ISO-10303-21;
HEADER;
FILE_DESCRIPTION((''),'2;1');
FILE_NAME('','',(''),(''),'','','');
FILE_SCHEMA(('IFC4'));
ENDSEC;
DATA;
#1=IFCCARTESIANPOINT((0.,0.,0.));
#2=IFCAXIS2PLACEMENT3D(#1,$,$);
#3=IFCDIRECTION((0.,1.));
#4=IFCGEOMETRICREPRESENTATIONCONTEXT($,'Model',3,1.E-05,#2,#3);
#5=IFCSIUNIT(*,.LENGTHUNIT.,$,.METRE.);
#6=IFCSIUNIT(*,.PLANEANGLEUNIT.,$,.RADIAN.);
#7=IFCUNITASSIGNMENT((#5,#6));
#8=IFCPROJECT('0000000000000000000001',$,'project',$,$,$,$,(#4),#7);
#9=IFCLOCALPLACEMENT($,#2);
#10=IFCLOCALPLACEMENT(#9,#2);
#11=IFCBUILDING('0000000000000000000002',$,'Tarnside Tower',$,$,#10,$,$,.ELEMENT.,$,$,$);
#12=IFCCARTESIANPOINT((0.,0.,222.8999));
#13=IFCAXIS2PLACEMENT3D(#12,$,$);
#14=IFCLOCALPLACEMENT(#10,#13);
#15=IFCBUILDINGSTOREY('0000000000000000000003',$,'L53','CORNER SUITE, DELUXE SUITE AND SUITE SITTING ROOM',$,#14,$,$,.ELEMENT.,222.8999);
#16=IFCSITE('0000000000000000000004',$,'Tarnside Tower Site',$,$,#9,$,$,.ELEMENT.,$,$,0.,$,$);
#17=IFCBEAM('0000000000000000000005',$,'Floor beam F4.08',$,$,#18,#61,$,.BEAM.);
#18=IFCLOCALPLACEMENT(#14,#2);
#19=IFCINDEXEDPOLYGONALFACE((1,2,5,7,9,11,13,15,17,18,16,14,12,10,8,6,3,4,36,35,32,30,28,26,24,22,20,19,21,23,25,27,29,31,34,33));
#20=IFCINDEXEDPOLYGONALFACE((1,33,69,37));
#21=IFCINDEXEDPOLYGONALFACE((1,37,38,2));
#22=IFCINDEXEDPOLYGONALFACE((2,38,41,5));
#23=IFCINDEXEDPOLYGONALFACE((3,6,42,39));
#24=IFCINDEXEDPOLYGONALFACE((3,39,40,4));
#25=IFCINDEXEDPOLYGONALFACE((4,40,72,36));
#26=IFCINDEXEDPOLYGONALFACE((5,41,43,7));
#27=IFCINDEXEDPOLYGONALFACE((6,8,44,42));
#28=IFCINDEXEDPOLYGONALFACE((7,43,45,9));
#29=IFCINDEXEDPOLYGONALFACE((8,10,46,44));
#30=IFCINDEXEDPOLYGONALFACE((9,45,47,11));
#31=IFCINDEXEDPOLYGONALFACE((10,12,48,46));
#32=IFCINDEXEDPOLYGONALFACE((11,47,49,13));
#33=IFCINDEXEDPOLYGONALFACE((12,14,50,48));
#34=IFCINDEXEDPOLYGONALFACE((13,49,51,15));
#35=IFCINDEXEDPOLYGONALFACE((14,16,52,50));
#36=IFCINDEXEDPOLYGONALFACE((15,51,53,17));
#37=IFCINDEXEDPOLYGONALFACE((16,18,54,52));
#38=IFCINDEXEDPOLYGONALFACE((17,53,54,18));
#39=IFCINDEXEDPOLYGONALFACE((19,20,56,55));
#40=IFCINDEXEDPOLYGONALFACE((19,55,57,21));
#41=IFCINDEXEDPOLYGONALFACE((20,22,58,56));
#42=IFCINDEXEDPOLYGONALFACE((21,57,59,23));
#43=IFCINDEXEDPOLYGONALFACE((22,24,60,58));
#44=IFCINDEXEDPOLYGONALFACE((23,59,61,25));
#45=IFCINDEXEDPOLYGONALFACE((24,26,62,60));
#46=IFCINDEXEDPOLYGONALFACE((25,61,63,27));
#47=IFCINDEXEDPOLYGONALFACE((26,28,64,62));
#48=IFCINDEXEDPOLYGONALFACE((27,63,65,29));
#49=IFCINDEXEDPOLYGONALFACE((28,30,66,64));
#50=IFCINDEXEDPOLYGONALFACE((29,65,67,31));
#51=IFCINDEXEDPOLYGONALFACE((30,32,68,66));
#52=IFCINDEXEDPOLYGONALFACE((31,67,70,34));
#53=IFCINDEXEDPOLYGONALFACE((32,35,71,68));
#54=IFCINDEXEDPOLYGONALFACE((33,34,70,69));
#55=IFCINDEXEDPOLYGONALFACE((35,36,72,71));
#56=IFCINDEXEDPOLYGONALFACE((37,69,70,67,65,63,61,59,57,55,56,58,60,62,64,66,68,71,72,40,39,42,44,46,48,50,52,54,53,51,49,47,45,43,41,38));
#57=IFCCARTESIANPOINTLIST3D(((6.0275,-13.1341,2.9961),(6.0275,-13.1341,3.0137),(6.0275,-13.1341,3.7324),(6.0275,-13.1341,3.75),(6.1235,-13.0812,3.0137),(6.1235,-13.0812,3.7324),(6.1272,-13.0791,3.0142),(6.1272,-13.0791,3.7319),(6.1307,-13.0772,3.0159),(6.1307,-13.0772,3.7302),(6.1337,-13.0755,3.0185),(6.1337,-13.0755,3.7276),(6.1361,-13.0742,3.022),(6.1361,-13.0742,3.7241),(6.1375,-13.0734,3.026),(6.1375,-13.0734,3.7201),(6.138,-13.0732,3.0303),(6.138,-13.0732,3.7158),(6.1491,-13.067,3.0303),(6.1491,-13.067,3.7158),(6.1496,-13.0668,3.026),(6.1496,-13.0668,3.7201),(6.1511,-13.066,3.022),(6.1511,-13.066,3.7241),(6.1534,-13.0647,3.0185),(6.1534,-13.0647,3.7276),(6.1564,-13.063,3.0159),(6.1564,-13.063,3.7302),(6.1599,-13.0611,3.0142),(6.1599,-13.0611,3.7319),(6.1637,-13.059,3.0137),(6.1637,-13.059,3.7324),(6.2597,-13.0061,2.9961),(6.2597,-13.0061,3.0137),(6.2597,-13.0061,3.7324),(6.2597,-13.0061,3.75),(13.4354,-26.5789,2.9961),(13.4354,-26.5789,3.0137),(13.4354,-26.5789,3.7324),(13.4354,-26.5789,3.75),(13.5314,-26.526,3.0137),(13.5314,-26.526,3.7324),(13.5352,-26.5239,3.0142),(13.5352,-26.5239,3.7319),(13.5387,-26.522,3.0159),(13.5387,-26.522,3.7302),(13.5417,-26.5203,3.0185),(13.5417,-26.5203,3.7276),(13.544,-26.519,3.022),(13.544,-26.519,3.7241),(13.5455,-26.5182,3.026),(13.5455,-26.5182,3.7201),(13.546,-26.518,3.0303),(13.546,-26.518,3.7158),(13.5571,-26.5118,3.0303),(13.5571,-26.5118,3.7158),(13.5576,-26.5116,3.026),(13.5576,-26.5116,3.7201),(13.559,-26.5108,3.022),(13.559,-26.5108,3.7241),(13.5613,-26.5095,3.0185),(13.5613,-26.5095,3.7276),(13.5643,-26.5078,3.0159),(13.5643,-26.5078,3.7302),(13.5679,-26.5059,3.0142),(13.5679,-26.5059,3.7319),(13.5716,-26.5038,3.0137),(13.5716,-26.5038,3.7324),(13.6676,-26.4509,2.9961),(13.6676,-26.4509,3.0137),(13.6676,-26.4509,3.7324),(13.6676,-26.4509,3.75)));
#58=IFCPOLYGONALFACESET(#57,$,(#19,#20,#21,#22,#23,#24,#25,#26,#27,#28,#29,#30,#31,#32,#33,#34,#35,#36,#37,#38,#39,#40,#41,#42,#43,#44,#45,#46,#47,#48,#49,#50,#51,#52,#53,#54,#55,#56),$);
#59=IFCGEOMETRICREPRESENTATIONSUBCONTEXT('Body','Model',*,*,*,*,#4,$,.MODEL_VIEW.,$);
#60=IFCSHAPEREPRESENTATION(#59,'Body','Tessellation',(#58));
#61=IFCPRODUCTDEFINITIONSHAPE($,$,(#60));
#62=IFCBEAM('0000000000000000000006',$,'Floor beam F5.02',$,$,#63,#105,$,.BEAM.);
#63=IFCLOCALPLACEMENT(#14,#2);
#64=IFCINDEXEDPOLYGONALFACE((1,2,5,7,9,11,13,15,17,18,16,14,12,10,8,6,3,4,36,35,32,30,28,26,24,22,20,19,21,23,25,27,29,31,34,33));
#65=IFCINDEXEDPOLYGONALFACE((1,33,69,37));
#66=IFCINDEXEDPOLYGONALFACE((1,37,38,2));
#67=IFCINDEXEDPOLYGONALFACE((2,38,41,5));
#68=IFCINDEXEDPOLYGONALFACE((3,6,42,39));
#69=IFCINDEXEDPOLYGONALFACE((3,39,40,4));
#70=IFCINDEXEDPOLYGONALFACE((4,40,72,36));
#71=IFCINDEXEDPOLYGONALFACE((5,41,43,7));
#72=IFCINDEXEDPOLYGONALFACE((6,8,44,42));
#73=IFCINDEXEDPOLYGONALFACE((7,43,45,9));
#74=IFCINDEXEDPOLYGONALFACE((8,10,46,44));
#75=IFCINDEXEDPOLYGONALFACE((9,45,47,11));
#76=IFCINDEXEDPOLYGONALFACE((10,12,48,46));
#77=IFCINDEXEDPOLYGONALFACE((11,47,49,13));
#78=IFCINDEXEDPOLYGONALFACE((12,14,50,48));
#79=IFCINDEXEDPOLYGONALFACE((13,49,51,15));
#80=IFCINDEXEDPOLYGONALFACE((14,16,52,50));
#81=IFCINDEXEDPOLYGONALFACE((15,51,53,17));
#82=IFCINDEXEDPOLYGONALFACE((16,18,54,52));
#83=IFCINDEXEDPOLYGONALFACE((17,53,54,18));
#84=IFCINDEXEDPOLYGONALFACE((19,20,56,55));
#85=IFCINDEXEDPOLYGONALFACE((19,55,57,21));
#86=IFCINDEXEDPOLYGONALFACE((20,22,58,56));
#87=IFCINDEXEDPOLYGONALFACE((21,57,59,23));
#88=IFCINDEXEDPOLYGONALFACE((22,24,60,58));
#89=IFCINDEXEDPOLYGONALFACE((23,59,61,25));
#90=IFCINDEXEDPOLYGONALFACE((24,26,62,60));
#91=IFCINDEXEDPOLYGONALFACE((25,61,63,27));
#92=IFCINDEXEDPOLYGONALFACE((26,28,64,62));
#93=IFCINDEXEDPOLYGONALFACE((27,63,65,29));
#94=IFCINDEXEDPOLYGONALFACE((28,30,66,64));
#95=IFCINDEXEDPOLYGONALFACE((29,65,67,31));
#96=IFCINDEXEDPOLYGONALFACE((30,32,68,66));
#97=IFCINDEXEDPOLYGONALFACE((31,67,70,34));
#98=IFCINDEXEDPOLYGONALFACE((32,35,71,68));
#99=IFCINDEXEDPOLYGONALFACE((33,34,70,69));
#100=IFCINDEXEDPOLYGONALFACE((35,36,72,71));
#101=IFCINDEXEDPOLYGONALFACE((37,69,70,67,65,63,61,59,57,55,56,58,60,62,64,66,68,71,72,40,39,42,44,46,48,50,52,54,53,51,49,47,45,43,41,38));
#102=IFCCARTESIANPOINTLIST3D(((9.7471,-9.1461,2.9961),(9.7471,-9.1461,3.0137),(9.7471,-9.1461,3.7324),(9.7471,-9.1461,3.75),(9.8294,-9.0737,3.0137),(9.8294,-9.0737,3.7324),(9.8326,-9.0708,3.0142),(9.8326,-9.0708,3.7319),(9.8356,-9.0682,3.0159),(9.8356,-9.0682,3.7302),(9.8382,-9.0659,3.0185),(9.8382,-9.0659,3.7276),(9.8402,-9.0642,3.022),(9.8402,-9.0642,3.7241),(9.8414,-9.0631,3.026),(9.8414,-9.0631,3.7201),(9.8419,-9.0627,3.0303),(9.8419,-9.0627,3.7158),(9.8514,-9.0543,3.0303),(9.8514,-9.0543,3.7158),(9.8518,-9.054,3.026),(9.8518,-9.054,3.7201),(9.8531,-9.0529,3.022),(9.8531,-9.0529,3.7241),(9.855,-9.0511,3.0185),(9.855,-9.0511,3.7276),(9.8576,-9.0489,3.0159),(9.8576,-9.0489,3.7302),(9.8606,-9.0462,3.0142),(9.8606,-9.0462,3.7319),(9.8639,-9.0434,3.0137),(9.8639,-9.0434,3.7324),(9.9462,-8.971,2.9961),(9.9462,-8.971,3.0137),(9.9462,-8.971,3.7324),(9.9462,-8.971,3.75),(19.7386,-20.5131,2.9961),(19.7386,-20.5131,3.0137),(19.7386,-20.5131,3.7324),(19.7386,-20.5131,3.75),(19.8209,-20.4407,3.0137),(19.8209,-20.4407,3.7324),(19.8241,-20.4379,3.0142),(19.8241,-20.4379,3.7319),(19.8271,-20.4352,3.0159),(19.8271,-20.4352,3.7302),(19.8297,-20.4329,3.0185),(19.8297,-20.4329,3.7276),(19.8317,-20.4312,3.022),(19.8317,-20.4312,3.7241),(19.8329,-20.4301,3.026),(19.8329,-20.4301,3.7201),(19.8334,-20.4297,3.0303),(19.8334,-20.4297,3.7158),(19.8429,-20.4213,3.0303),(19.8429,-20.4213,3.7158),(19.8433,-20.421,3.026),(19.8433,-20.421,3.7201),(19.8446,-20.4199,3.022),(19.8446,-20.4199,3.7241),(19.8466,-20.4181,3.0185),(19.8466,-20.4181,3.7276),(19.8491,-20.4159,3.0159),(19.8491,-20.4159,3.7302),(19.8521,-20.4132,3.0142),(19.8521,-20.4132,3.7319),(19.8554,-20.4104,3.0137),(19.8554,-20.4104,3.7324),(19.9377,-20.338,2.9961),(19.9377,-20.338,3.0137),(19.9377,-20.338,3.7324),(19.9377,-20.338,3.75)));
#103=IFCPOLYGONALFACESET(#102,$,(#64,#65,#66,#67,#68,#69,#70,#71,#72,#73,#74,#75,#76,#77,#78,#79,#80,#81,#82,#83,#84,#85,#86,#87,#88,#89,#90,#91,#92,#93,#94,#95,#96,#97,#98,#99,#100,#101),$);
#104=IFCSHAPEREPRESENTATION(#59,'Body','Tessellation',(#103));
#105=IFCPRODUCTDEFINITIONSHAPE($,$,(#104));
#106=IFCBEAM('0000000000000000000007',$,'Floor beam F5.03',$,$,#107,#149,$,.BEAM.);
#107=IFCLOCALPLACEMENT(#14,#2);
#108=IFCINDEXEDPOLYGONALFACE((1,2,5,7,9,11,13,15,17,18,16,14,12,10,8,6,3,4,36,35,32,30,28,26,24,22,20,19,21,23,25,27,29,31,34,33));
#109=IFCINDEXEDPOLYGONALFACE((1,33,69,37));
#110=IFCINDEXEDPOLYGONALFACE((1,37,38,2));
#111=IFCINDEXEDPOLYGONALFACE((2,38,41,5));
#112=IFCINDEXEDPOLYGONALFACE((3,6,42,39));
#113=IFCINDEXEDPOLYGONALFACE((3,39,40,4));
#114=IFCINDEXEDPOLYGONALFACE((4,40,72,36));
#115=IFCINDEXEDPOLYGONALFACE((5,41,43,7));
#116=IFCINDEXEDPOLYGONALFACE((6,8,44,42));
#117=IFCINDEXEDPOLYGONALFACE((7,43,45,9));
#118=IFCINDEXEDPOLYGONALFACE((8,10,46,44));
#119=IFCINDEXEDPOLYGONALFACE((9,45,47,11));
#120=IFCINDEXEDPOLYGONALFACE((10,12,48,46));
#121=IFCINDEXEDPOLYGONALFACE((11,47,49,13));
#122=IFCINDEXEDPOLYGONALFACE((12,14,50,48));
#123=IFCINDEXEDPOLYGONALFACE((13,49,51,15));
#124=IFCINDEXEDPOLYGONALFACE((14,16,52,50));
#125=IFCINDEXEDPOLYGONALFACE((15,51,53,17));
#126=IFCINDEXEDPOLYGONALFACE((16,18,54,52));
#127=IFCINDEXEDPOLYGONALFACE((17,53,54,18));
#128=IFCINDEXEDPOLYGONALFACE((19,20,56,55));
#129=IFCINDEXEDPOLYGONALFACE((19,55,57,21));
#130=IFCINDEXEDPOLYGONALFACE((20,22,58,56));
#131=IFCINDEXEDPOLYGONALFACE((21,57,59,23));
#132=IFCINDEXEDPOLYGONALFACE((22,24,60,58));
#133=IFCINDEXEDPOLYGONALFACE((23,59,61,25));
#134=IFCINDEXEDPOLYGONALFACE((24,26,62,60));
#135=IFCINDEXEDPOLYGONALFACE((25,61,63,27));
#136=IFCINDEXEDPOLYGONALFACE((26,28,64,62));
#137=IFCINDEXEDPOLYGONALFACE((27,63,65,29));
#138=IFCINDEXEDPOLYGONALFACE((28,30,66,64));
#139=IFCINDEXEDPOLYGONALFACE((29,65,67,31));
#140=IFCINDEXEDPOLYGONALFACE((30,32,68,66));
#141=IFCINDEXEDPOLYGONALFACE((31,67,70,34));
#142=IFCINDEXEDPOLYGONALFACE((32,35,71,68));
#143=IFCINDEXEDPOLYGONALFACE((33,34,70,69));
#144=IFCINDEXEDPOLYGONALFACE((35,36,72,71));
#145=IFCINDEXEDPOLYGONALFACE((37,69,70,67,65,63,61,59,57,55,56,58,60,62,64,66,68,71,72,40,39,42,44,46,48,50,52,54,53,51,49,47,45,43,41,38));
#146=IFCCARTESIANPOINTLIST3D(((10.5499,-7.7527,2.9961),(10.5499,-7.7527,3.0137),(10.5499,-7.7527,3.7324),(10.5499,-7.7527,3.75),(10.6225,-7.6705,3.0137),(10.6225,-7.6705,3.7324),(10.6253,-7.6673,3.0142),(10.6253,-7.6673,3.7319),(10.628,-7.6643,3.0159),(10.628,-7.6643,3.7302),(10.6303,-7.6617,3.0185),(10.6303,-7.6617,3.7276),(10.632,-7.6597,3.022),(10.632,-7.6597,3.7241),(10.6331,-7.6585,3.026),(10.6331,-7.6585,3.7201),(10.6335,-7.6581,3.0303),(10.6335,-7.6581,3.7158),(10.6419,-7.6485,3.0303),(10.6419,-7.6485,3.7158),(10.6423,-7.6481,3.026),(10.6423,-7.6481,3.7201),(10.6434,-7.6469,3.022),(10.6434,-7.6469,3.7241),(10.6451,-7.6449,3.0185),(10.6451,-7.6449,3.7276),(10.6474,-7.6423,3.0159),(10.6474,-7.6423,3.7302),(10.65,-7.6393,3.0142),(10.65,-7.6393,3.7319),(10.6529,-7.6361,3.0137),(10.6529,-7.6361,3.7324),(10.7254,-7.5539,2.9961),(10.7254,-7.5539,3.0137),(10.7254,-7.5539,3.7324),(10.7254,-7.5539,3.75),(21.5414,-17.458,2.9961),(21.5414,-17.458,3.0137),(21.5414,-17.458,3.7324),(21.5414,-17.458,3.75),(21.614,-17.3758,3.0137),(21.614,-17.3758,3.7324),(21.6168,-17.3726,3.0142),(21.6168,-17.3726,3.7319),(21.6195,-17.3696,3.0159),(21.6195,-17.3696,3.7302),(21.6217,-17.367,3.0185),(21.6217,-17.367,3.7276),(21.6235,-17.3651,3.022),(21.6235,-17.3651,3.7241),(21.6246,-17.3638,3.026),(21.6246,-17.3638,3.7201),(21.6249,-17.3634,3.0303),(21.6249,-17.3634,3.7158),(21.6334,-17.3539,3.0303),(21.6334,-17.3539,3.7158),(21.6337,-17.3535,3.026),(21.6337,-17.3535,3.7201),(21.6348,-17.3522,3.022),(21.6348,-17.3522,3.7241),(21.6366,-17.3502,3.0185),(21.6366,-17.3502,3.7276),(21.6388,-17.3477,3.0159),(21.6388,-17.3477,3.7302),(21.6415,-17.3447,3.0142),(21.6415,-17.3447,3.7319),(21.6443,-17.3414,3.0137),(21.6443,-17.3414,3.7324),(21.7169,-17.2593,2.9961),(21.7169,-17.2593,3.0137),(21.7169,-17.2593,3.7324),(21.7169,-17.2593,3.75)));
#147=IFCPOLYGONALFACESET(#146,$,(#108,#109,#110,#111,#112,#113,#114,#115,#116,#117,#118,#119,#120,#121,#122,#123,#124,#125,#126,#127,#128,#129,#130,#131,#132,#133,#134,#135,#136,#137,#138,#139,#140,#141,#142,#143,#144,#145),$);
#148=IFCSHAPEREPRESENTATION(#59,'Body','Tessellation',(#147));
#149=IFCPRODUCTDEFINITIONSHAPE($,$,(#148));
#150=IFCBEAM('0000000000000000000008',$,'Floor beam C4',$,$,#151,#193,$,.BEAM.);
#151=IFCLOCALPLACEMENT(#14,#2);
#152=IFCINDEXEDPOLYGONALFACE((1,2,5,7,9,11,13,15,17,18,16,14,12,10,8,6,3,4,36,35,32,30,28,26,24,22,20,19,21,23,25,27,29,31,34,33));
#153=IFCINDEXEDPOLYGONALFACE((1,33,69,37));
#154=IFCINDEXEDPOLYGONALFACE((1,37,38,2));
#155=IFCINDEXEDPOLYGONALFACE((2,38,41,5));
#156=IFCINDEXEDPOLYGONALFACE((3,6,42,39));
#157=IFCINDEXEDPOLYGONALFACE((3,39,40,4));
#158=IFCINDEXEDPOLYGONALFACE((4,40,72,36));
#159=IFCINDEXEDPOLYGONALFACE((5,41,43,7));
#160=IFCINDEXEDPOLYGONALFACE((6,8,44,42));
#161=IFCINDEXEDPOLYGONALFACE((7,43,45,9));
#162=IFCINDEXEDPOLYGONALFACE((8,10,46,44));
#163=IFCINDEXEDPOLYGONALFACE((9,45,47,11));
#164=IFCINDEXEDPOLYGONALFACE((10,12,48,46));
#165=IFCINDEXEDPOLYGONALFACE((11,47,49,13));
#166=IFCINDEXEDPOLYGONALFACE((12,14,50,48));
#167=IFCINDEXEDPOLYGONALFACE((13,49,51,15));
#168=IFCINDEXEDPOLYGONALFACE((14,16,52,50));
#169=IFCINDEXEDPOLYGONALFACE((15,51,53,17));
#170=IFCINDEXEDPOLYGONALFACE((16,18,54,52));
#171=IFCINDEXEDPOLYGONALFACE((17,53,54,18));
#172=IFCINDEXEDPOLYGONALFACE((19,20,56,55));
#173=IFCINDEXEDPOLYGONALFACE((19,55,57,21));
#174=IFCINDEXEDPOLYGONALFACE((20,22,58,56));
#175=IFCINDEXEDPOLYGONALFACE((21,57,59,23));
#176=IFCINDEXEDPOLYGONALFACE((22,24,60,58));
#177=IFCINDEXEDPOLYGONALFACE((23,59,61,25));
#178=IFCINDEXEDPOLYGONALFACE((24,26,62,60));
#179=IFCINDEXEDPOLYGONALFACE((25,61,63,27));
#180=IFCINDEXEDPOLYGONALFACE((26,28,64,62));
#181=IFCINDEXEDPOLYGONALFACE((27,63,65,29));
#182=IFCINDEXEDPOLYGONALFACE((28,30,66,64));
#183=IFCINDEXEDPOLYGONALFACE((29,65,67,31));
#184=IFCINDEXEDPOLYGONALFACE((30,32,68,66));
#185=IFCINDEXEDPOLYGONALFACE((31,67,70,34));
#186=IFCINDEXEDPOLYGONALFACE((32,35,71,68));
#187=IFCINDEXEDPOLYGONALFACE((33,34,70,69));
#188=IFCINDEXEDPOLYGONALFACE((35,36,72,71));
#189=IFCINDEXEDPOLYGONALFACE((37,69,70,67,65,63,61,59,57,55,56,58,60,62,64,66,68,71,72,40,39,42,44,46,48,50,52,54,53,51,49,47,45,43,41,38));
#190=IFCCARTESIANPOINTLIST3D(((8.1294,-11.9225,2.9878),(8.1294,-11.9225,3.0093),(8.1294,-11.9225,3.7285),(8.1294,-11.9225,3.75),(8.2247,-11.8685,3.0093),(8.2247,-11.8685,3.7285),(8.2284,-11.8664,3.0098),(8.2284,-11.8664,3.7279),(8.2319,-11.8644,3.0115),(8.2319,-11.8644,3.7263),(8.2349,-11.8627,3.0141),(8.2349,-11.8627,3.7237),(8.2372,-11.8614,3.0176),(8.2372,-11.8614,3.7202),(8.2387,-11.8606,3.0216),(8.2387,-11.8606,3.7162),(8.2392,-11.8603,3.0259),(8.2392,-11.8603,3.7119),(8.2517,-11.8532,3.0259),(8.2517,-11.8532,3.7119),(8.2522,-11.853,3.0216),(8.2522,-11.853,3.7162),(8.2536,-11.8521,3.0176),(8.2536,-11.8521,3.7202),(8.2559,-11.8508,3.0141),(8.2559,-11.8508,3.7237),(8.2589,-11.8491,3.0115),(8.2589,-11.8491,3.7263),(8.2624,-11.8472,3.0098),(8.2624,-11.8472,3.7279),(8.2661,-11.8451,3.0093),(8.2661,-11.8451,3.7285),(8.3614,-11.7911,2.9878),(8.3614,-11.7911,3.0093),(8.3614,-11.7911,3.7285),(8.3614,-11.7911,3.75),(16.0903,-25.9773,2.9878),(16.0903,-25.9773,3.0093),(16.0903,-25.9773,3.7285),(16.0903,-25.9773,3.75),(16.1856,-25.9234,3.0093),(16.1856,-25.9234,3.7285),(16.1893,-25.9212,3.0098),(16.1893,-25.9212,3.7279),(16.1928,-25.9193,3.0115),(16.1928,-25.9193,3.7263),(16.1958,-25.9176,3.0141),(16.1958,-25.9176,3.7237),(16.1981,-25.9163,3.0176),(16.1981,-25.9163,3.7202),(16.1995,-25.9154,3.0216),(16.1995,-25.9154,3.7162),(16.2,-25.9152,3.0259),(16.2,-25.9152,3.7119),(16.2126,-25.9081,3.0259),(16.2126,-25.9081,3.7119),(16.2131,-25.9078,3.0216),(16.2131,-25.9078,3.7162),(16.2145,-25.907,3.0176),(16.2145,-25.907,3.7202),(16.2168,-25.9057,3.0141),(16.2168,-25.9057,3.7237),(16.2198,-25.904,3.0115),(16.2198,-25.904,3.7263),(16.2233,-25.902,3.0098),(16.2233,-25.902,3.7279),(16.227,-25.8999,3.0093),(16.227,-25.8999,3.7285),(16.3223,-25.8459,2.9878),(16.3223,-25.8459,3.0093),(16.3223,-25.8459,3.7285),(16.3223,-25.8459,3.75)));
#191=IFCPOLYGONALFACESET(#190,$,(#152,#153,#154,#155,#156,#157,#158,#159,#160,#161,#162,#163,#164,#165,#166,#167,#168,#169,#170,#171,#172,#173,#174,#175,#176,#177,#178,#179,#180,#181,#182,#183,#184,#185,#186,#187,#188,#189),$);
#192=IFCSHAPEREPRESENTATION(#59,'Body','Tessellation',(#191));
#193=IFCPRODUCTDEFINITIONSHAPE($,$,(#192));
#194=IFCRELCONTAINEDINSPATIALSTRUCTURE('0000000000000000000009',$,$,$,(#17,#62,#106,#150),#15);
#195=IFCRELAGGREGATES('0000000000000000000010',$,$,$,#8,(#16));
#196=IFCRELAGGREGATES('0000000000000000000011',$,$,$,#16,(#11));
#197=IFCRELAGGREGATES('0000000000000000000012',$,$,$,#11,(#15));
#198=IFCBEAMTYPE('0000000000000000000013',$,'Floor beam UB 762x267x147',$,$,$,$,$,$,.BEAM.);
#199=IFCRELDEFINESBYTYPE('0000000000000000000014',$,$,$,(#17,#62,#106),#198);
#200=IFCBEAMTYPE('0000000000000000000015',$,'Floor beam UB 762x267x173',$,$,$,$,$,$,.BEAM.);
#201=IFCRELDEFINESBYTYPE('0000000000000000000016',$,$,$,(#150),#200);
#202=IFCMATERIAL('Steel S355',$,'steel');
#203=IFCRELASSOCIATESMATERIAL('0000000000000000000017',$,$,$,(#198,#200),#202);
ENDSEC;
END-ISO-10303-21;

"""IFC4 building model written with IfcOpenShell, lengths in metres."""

from ifc_helpers import new_model, si_unit, direction, frame, origin, origin_2d, place, context, subcontext, project, spatial, i_section, extrude, material, material_profile, profile_set, type_object, element, save


model = new_model("IFC4")

# Units and contexts
model_context = context("Model", 3, precision=1e-05, world=origin(), true_north=direction((0.0, 1.0)))
body_context = subcontext(model_context, "Body", "Model", "MODEL_VIEW")
ifc_project = project(units=[si_unit("LENGTHUNIT", "METRE"), si_unit("PLANEANGLEUNIT", "RADIAN")], contexts=[model_context])

# Site, building, storey
site_placement = place(None, origin())
site = spatial("IfcSite", under=ifc_project, at=site_placement, Name="Tarnside Tower Site", CompositionType="ELEMENT", RefElevation=0.0)
building_placement = place(site_placement, origin())
building = spatial("IfcBuilding", under=site, at=building_placement, Name="Tarnside Tower", CompositionType="ELEMENT")
storey_placement = place(building_placement, frame((0.0, 0.0, 222.8999)))
storey = spatial("IfcBuildingStorey", under=building, at=storey_placement, Name="L53", Description="CORNER SUITE, DELUXE SUITE AND SUITE SITTING ROOM", CompositionType="ELEMENT", Elevation=222.8999)

# Beams
ifc_material_1 = material(Name="Steel S355", Category="steel")
ifc_material_profile_1 = material_profile(ifc_material_1, i_section(OverallWidth=0.2651, OverallDepth=0.7539, WebThickness=0.0127, FlangeThickness=0.0176, FilletRadius=0.0166, at=origin_2d()), Name="UB 762x267x147")
ifc_profile_set_1 = profile_set([ifc_material_profile_1], Name="Steel S355")
beam_type_1 = type_object("IfcBeamType", Name="Floor beam UB 762x267x147", PredefinedType="BEAM", material=ifc_profile_set_1)
beam_1_placement = place(storey_placement, frame((13.5515, -26.5149, 3.373), z_axis=(-0.482584, 0.87585, 0.0), x_axis=(-0.87585, -0.482584, 0.0)))
element("IfcBeam", 1, at=beam_1_placement, inside=storey, type_object=beam_type_1, Name="Floor beam F4.08", PredefinedType="BEAM", context=body_context, shape_type="SweptSolid", body=[
    extrude(i_section(OverallWidth=0.2651, OverallDepth=0.7539, WebThickness=0.0127, FlangeThickness=0.0176, FilletRadius=0.0166, at=origin_2d()), origin(), (0.0, 0.0, 1.0), 15.3506),
])
beam_2_placement = place(storey_placement, frame((19.8381, -20.4255, 3.373), z_axis=(-0.660201, 0.751089, 0.0), x_axis=(-0.751089, -0.660201, 0.0)))
element("IfcBeam", 2, at=beam_2_placement, inside=storey, type_object=beam_type_1, Name="Floor beam F5.02", PredefinedType="BEAM", context=body_context, shape_type="SweptSolid", body=[
    extrude(i_section(OverallWidth=0.2651, OverallDepth=0.7539, WebThickness=0.0127, FlangeThickness=0.0176, FilletRadius=0.0166, at=origin_2d()), origin(), (0.0, 0.0, 1.0), 15.134),
])
beam_3_placement = place(storey_placement, frame((21.6292, -17.3586, 3.373), z_axis=(-0.749602, 0.661889, 0.0), x_axis=(-0.661889, -0.749602, 0.0)))
element("IfcBeam", 3, at=beam_3_placement, inside=storey, type_object=beam_type_1, Name="Floor beam F5.03", PredefinedType="BEAM", context=body_context, shape_type="SweptSolid", body=[
    extrude(i_section(OverallWidth=0.2651, OverallDepth=0.7539, WebThickness=0.0127, FlangeThickness=0.0176, FilletRadius=0.0166, at=origin_2d()), origin(), (0.0, 0.0, 1.0), 14.6631),
])
ifc_material_profile_2 = material_profile(ifc_material_1, i_section(OverallWidth=0.2666, OverallDepth=0.7622, WebThickness=0.0144, FlangeThickness=0.0215, FilletRadius=0.0166, at=origin_2d()), Name="UB 762x267x173")
ifc_profile_set_2 = profile_set([ifc_material_profile_2], Name="Steel S355")
beam_type_2 = type_object("IfcBeamType", Name="Floor beam UB 762x267x173", PredefinedType="BEAM", material=ifc_profile_set_2)
beam_4_placement = place(storey_placement, frame((16.2063, -25.9116, 3.3689), z_axis=(-0.492847, 0.870116, 0.0), x_axis=(-0.870116, -0.492847, 0.0)))
element("IfcBeam", 4, at=beam_4_placement, inside=storey, type_object=beam_type_2, Name="Floor beam C4", PredefinedType="BEAM", context=body_context, shape_type="SweptSolid", body=[
    extrude(i_section(OverallWidth=0.2666, OverallDepth=0.7622, WebThickness=0.0144, FlangeThickness=0.0215, FilletRadius=0.0166, at=origin_2d()), origin(), (0.0, 0.0, 1.0), 16.1528),
])

save(model, "model.ifc")
